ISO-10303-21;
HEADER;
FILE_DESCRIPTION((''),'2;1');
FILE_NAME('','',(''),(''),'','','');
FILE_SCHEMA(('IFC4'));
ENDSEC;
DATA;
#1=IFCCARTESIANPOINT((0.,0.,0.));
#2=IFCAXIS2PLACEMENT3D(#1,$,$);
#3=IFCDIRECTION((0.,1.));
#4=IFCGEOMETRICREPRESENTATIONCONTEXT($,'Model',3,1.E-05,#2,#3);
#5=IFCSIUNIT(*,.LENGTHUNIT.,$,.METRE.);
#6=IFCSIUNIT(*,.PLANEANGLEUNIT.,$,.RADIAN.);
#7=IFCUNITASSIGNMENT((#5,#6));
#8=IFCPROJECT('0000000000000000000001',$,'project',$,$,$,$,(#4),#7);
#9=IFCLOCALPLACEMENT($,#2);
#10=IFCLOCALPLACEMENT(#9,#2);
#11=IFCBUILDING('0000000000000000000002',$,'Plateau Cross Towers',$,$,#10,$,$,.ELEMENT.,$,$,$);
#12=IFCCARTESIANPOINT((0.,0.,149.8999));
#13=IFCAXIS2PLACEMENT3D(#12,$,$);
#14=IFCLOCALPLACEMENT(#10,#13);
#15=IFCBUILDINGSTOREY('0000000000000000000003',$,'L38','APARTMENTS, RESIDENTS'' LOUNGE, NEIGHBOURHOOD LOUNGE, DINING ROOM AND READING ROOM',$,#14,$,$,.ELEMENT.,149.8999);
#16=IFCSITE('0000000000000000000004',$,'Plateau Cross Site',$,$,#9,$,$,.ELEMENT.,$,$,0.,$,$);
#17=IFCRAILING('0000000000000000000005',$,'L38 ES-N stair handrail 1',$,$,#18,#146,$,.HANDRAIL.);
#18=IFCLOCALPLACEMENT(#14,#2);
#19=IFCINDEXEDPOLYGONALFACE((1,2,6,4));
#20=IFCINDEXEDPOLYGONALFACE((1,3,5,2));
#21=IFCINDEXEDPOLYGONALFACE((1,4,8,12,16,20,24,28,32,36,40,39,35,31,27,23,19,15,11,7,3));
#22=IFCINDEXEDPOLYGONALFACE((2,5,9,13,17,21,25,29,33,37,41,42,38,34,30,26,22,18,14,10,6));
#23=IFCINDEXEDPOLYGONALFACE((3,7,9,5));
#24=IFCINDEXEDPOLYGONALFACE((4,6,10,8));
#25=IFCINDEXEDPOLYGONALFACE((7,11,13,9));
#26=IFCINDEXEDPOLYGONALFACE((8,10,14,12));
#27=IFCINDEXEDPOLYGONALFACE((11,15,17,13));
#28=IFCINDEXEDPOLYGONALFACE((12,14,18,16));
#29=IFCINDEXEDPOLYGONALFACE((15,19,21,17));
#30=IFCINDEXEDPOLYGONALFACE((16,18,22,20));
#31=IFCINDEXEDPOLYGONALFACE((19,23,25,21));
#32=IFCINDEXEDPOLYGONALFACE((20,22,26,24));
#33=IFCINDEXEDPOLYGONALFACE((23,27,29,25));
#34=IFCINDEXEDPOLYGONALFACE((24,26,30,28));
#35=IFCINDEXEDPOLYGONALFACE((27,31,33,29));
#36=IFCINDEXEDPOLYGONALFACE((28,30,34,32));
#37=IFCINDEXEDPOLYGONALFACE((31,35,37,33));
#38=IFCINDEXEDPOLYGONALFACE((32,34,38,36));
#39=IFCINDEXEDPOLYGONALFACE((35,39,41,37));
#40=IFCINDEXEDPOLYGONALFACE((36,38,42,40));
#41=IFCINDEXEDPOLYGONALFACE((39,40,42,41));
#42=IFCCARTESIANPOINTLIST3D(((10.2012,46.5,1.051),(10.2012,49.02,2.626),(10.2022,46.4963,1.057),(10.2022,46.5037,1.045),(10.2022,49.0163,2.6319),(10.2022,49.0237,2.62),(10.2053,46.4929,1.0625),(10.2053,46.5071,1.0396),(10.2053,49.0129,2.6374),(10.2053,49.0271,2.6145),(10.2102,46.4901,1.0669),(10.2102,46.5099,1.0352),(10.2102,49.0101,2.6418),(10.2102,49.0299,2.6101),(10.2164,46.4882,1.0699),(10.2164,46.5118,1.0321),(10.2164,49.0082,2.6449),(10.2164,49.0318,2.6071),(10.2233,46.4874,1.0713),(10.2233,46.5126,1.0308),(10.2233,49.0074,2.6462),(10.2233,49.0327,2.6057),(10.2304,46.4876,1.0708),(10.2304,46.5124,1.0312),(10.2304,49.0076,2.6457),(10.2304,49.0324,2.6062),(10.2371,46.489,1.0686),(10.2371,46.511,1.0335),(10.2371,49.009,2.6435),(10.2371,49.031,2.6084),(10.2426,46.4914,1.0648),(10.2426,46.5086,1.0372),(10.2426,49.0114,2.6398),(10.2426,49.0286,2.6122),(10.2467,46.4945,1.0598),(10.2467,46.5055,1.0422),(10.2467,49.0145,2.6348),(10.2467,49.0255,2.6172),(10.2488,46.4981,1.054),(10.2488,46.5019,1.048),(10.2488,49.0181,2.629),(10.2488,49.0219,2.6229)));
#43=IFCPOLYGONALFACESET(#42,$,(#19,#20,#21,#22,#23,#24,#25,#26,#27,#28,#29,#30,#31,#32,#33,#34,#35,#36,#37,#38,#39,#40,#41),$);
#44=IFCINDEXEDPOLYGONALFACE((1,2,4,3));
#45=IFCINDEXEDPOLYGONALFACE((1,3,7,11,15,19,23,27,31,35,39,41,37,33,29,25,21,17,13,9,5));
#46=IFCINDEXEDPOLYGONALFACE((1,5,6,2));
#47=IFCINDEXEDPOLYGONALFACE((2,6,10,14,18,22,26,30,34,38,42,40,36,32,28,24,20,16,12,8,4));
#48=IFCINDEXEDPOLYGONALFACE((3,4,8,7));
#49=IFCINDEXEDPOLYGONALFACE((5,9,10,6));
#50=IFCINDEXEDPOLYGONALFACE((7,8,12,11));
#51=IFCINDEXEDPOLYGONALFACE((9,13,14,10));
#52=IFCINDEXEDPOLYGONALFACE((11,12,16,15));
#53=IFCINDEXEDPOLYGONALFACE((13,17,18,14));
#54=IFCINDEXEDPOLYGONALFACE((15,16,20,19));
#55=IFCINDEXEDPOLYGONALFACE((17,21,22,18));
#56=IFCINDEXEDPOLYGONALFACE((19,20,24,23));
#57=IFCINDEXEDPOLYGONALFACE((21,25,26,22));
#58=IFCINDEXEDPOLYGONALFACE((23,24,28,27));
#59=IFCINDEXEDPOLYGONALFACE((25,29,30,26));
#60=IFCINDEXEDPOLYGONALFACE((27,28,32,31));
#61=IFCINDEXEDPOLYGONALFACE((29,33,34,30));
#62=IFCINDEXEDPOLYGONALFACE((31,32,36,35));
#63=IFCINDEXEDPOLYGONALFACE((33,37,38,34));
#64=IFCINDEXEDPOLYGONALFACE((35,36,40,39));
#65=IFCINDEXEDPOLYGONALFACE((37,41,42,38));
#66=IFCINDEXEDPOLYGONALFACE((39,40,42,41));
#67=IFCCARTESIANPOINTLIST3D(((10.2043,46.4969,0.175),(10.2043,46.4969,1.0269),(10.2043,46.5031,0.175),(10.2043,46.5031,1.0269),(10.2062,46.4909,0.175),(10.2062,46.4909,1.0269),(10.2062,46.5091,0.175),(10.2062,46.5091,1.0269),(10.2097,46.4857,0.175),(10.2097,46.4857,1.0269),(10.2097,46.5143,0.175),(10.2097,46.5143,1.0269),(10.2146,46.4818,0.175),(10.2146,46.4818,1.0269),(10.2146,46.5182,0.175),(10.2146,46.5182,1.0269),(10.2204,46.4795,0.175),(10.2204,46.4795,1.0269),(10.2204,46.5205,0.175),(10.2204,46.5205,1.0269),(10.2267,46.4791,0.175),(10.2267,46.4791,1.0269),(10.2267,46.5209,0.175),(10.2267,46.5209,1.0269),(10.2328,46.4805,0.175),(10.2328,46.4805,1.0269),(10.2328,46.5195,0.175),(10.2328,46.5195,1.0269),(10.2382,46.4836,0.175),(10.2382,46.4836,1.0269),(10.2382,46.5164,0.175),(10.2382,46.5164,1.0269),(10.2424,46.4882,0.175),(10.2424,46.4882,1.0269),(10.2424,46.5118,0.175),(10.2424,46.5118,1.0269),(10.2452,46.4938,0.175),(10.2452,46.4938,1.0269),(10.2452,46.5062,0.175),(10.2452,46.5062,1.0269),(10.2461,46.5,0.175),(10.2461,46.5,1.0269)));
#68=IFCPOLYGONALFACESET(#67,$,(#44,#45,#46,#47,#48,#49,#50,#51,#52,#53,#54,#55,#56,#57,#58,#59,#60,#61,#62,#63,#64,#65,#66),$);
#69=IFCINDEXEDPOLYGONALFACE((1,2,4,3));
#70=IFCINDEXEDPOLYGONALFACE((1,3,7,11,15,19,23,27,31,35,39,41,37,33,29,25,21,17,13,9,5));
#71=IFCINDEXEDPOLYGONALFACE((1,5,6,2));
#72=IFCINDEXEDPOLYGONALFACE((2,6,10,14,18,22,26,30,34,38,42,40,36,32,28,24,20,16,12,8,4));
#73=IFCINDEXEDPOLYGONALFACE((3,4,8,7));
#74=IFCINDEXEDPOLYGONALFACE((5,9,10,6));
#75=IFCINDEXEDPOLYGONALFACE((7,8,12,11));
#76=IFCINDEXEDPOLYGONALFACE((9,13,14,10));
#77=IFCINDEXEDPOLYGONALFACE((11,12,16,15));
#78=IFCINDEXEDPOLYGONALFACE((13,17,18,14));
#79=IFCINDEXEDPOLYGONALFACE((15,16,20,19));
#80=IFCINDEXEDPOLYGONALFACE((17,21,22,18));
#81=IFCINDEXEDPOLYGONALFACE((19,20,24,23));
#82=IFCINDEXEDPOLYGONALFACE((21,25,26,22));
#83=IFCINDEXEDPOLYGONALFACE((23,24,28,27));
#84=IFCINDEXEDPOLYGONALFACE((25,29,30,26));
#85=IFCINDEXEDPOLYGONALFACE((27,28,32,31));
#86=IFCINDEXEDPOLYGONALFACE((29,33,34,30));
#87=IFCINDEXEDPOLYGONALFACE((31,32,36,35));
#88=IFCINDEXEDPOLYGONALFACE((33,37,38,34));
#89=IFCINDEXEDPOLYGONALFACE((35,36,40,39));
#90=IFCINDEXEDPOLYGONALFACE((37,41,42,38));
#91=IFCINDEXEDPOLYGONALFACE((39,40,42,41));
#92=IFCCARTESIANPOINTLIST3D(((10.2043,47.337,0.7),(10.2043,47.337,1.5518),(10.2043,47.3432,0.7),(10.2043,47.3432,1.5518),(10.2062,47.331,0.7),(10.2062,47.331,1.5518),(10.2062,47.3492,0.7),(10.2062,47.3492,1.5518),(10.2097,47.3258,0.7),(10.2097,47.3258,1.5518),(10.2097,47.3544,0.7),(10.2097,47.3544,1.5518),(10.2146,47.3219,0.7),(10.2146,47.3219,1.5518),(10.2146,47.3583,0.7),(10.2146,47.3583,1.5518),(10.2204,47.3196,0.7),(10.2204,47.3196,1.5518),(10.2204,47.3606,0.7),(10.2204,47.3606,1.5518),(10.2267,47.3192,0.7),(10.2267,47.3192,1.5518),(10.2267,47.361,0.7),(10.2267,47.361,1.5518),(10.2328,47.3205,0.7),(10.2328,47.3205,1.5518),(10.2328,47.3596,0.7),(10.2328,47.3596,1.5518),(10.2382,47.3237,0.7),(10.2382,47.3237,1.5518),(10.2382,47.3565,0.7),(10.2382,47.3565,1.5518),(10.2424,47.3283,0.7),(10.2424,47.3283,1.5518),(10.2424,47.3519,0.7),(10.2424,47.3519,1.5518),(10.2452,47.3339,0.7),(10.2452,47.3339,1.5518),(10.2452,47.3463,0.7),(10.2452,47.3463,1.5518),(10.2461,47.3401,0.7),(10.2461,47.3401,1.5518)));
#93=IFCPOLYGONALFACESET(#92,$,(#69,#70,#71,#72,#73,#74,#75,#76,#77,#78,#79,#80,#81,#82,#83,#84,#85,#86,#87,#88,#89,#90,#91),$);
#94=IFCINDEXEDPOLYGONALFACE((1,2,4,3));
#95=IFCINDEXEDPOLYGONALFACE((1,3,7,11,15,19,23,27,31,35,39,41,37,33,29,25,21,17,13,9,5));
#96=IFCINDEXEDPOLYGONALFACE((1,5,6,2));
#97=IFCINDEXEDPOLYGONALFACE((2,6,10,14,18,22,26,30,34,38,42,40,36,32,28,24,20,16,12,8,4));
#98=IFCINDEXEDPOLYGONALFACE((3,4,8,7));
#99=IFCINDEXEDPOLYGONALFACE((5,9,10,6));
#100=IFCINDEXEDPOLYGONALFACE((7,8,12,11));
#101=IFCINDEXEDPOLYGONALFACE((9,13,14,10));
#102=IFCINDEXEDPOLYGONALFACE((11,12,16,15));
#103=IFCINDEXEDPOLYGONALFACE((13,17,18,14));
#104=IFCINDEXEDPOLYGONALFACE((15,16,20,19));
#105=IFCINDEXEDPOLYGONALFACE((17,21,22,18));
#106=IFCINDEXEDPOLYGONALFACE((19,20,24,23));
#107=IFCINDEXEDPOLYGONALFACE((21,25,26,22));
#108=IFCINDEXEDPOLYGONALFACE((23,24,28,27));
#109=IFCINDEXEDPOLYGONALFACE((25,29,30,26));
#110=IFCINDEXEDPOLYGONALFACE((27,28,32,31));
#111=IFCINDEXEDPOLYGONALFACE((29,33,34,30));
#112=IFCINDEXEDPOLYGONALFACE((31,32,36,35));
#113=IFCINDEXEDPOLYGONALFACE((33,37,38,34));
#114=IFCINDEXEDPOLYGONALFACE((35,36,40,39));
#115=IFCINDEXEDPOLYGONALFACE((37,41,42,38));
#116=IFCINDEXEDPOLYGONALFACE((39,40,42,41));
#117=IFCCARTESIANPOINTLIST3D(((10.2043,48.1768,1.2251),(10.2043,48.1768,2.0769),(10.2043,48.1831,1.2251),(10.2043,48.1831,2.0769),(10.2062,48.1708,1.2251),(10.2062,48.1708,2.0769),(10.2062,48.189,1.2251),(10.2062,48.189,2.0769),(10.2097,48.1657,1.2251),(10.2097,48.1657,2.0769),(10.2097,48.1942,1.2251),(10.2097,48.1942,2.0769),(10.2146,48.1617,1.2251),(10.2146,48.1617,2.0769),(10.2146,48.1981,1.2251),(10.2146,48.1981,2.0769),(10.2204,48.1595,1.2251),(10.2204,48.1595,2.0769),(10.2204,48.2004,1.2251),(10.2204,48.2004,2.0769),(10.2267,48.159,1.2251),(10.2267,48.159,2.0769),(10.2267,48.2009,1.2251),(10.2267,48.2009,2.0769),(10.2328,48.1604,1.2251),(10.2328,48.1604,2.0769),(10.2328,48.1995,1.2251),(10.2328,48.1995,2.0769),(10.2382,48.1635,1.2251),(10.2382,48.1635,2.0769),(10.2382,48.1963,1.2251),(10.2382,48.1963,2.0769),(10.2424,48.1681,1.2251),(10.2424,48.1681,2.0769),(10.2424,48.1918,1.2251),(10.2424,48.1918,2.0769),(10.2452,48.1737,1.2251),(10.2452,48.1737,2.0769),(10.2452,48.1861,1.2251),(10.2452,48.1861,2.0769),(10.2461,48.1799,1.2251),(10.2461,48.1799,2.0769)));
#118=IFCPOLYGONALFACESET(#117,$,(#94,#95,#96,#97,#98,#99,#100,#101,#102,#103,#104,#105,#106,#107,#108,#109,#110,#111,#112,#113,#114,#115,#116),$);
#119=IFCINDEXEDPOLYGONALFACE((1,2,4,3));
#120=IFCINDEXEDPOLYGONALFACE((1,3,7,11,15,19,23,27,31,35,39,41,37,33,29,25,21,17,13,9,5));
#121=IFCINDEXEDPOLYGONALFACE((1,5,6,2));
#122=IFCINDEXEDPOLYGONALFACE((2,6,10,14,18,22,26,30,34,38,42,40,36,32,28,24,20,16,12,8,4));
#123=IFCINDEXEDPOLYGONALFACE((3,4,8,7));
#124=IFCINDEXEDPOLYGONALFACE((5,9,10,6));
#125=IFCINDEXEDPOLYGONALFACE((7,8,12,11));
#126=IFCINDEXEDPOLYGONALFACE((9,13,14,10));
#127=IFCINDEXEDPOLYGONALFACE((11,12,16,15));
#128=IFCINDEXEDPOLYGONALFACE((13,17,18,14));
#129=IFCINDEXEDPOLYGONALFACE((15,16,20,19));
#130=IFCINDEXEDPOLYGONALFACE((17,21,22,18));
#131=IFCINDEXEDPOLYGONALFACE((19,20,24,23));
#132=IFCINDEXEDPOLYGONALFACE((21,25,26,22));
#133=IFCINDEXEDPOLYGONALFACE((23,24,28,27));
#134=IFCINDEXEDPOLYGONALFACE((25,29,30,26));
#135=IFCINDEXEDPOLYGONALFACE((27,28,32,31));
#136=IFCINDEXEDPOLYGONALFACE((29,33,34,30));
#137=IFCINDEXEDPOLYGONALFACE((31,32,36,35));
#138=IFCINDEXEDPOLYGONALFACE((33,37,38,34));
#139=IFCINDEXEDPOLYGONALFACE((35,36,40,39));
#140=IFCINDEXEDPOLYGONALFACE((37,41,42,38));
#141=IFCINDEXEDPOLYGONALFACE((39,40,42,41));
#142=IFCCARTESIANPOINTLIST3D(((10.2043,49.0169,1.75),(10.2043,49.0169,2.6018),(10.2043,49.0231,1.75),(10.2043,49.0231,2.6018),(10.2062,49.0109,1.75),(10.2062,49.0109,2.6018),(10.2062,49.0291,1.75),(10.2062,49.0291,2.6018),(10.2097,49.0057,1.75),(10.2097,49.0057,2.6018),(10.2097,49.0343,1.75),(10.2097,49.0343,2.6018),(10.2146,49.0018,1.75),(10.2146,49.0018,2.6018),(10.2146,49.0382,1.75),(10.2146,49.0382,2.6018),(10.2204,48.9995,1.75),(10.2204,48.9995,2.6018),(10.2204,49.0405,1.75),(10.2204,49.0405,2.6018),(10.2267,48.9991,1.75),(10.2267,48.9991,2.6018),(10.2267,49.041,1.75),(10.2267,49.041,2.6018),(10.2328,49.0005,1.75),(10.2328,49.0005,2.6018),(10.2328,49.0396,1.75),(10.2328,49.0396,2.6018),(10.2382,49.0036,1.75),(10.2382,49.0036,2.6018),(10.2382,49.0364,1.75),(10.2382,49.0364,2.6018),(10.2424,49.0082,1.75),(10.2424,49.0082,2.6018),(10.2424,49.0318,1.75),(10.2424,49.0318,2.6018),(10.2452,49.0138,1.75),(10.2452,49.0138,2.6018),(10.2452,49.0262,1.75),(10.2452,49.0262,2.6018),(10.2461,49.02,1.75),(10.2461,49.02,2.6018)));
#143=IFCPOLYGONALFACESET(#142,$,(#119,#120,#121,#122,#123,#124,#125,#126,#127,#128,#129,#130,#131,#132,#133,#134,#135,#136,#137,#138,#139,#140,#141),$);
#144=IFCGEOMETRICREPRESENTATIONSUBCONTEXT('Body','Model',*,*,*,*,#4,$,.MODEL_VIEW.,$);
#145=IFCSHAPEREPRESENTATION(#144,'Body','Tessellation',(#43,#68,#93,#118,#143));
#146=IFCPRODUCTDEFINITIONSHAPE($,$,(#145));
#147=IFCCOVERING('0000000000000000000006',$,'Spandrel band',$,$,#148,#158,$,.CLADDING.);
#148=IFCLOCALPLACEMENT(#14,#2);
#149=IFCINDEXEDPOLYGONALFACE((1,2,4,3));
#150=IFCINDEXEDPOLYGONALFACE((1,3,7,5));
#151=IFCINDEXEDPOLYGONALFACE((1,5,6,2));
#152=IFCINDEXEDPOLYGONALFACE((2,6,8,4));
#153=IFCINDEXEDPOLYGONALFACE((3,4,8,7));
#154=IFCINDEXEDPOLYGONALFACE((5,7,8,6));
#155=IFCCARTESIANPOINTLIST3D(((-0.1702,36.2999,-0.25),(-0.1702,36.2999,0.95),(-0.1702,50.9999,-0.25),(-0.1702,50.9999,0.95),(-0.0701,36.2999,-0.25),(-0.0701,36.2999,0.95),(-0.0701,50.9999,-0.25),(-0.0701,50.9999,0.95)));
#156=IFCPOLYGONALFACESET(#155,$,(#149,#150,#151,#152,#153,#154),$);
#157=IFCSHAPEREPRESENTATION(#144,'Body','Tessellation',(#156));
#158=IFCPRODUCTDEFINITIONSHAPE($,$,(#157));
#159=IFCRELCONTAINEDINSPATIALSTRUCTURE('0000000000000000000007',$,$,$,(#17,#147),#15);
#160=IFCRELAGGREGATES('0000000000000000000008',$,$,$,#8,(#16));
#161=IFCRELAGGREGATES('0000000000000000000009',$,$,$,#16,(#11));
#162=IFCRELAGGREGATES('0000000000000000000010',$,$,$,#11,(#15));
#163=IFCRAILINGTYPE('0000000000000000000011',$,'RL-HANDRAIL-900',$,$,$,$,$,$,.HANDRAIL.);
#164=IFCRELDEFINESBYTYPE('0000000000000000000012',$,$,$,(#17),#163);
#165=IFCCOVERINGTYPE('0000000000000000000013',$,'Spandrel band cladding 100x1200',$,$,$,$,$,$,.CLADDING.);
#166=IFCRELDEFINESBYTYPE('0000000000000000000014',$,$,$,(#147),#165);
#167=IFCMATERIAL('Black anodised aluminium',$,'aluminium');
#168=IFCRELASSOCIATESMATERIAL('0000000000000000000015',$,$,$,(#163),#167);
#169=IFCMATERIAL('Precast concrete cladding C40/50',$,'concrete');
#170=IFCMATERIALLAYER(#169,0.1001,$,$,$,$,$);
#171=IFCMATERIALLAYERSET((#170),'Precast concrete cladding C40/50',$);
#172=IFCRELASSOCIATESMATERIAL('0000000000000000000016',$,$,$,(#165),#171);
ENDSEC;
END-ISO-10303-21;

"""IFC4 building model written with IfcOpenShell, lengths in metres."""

from ifc_helpers import new_model, si_unit, direction, frame, origin, origin_2d, place, context, subcontext, project, spatial, rectangle, circle, extrude, material, layer, layer_set, type_object, element, save


model = new_model("IFC4")

# Units and contexts
model_context = context("Model", 3, precision=1e-05, world=origin(), true_north=direction((0.0, 1.0)))
body_context = subcontext(model_context, "Body", "Model", "MODEL_VIEW")
ifc_project = project(units=[si_unit("LENGTHUNIT", "METRE"), si_unit("PLANEANGLEUNIT", "RADIAN")], contexts=[model_context])

# Site, building, storey
site_placement = place(None, origin())
site = spatial("IfcSite", under=ifc_project, at=site_placement, Name="Plateau Cross Site", CompositionType="ELEMENT", RefElevation=0.0)
building_placement = place(site_placement, origin())
building = spatial("IfcBuilding", under=site, at=building_placement, Name="Plateau Cross Towers", CompositionType="ELEMENT")
storey_placement = place(building_placement, frame((0.0, 0.0, 149.8999)))
storey = spatial("IfcBuildingStorey", under=building, at=storey_placement, Name="L38", Description="APARTMENTS, RESIDENTS' LOUNGE, NEIGHBOURHOOD LOUNGE, DINING ROOM AND READING ROOM", CompositionType="ELEMENT", Elevation=149.8999)

# Shared definitions
ifc_material_1 = material(Name="Black anodised aluminium", Category="aluminium")

# Railing
railing_type_1 = type_object("IfcRailingType", Name="RL-HANDRAIL-900", PredefinedType="HANDRAIL", material=ifc_material_1)
railing_1_placement = place(storey_placement, frame((10.2251, 46.5, 0.175)))
element("IfcRailing", 1, at=railing_1_placement, inside=storey, type_object=railing_type_1, Name="L38 ES-N stair handrail 1", PredefinedType="HANDRAIL", context=body_context, shape_type="SweptSolid", body=[
    extrude(circle(Radius=0.0239, at=origin_2d()), frame((0.0, 0.0, 0.876), z_axis=(0.0, 0.848008, 0.529984), x_axis=(-1.0, 0.0, 0.0)), (0.0, 0.0, 1.0), 2.9717),
    extrude(circle(Radius=0.021, at=origin_2d()), origin(), (0.0, 0.0, 1.0), 0.8518),
    extrude(circle(Radius=0.021, at=origin_2d()), frame((0.0, 0.8401, 0.5249)), (0.0, 0.0, 1.0), 0.8518),
    extrude(circle(Radius=0.021, at=origin_2d()), frame((0.0, 1.6799, 1.05)), (0.0, 0.0, 1.0), 0.8518),
    extrude(circle(Radius=0.021, at=origin_2d()), frame((0.0, 2.52, 1.575)), (0.0, 0.0, 1.0), 0.8518),
])

# Covering
ifc_material_2 = material(Name="Precast concrete cladding C40/50", Category="concrete")
ifc_layer_1 = layer(ifc_material_2, 0.1001)
ifc_layer_set_1 = layer_set([ifc_layer_1], Name="Precast concrete cladding C40/50")
covering_type = type_object("IfcCoveringType", Name="Spandrel band cladding 100x1200", PredefinedType="CLADDING", material=ifc_layer_set_1)
covering_placement = place(storey_placement, frame((-0.1201, 43.6499, -0.25), z_axis=(0.0, 0.0, 1.0), x_axis=(0.0, -1.0, 0.0)))
element("IfcCovering", 2, at=covering_placement, inside=storey, type_object=covering_type, Name="Spandrel band", PredefinedType="CLADDING", context=body_context, shape_type="SweptSolid", body=[
    extrude(rectangle(XDim=14.7, YDim=0.1001, at=origin_2d()), origin(), (0.0, 0.0, 1.0), 1.2),
])

save(model, "model.ifc")
